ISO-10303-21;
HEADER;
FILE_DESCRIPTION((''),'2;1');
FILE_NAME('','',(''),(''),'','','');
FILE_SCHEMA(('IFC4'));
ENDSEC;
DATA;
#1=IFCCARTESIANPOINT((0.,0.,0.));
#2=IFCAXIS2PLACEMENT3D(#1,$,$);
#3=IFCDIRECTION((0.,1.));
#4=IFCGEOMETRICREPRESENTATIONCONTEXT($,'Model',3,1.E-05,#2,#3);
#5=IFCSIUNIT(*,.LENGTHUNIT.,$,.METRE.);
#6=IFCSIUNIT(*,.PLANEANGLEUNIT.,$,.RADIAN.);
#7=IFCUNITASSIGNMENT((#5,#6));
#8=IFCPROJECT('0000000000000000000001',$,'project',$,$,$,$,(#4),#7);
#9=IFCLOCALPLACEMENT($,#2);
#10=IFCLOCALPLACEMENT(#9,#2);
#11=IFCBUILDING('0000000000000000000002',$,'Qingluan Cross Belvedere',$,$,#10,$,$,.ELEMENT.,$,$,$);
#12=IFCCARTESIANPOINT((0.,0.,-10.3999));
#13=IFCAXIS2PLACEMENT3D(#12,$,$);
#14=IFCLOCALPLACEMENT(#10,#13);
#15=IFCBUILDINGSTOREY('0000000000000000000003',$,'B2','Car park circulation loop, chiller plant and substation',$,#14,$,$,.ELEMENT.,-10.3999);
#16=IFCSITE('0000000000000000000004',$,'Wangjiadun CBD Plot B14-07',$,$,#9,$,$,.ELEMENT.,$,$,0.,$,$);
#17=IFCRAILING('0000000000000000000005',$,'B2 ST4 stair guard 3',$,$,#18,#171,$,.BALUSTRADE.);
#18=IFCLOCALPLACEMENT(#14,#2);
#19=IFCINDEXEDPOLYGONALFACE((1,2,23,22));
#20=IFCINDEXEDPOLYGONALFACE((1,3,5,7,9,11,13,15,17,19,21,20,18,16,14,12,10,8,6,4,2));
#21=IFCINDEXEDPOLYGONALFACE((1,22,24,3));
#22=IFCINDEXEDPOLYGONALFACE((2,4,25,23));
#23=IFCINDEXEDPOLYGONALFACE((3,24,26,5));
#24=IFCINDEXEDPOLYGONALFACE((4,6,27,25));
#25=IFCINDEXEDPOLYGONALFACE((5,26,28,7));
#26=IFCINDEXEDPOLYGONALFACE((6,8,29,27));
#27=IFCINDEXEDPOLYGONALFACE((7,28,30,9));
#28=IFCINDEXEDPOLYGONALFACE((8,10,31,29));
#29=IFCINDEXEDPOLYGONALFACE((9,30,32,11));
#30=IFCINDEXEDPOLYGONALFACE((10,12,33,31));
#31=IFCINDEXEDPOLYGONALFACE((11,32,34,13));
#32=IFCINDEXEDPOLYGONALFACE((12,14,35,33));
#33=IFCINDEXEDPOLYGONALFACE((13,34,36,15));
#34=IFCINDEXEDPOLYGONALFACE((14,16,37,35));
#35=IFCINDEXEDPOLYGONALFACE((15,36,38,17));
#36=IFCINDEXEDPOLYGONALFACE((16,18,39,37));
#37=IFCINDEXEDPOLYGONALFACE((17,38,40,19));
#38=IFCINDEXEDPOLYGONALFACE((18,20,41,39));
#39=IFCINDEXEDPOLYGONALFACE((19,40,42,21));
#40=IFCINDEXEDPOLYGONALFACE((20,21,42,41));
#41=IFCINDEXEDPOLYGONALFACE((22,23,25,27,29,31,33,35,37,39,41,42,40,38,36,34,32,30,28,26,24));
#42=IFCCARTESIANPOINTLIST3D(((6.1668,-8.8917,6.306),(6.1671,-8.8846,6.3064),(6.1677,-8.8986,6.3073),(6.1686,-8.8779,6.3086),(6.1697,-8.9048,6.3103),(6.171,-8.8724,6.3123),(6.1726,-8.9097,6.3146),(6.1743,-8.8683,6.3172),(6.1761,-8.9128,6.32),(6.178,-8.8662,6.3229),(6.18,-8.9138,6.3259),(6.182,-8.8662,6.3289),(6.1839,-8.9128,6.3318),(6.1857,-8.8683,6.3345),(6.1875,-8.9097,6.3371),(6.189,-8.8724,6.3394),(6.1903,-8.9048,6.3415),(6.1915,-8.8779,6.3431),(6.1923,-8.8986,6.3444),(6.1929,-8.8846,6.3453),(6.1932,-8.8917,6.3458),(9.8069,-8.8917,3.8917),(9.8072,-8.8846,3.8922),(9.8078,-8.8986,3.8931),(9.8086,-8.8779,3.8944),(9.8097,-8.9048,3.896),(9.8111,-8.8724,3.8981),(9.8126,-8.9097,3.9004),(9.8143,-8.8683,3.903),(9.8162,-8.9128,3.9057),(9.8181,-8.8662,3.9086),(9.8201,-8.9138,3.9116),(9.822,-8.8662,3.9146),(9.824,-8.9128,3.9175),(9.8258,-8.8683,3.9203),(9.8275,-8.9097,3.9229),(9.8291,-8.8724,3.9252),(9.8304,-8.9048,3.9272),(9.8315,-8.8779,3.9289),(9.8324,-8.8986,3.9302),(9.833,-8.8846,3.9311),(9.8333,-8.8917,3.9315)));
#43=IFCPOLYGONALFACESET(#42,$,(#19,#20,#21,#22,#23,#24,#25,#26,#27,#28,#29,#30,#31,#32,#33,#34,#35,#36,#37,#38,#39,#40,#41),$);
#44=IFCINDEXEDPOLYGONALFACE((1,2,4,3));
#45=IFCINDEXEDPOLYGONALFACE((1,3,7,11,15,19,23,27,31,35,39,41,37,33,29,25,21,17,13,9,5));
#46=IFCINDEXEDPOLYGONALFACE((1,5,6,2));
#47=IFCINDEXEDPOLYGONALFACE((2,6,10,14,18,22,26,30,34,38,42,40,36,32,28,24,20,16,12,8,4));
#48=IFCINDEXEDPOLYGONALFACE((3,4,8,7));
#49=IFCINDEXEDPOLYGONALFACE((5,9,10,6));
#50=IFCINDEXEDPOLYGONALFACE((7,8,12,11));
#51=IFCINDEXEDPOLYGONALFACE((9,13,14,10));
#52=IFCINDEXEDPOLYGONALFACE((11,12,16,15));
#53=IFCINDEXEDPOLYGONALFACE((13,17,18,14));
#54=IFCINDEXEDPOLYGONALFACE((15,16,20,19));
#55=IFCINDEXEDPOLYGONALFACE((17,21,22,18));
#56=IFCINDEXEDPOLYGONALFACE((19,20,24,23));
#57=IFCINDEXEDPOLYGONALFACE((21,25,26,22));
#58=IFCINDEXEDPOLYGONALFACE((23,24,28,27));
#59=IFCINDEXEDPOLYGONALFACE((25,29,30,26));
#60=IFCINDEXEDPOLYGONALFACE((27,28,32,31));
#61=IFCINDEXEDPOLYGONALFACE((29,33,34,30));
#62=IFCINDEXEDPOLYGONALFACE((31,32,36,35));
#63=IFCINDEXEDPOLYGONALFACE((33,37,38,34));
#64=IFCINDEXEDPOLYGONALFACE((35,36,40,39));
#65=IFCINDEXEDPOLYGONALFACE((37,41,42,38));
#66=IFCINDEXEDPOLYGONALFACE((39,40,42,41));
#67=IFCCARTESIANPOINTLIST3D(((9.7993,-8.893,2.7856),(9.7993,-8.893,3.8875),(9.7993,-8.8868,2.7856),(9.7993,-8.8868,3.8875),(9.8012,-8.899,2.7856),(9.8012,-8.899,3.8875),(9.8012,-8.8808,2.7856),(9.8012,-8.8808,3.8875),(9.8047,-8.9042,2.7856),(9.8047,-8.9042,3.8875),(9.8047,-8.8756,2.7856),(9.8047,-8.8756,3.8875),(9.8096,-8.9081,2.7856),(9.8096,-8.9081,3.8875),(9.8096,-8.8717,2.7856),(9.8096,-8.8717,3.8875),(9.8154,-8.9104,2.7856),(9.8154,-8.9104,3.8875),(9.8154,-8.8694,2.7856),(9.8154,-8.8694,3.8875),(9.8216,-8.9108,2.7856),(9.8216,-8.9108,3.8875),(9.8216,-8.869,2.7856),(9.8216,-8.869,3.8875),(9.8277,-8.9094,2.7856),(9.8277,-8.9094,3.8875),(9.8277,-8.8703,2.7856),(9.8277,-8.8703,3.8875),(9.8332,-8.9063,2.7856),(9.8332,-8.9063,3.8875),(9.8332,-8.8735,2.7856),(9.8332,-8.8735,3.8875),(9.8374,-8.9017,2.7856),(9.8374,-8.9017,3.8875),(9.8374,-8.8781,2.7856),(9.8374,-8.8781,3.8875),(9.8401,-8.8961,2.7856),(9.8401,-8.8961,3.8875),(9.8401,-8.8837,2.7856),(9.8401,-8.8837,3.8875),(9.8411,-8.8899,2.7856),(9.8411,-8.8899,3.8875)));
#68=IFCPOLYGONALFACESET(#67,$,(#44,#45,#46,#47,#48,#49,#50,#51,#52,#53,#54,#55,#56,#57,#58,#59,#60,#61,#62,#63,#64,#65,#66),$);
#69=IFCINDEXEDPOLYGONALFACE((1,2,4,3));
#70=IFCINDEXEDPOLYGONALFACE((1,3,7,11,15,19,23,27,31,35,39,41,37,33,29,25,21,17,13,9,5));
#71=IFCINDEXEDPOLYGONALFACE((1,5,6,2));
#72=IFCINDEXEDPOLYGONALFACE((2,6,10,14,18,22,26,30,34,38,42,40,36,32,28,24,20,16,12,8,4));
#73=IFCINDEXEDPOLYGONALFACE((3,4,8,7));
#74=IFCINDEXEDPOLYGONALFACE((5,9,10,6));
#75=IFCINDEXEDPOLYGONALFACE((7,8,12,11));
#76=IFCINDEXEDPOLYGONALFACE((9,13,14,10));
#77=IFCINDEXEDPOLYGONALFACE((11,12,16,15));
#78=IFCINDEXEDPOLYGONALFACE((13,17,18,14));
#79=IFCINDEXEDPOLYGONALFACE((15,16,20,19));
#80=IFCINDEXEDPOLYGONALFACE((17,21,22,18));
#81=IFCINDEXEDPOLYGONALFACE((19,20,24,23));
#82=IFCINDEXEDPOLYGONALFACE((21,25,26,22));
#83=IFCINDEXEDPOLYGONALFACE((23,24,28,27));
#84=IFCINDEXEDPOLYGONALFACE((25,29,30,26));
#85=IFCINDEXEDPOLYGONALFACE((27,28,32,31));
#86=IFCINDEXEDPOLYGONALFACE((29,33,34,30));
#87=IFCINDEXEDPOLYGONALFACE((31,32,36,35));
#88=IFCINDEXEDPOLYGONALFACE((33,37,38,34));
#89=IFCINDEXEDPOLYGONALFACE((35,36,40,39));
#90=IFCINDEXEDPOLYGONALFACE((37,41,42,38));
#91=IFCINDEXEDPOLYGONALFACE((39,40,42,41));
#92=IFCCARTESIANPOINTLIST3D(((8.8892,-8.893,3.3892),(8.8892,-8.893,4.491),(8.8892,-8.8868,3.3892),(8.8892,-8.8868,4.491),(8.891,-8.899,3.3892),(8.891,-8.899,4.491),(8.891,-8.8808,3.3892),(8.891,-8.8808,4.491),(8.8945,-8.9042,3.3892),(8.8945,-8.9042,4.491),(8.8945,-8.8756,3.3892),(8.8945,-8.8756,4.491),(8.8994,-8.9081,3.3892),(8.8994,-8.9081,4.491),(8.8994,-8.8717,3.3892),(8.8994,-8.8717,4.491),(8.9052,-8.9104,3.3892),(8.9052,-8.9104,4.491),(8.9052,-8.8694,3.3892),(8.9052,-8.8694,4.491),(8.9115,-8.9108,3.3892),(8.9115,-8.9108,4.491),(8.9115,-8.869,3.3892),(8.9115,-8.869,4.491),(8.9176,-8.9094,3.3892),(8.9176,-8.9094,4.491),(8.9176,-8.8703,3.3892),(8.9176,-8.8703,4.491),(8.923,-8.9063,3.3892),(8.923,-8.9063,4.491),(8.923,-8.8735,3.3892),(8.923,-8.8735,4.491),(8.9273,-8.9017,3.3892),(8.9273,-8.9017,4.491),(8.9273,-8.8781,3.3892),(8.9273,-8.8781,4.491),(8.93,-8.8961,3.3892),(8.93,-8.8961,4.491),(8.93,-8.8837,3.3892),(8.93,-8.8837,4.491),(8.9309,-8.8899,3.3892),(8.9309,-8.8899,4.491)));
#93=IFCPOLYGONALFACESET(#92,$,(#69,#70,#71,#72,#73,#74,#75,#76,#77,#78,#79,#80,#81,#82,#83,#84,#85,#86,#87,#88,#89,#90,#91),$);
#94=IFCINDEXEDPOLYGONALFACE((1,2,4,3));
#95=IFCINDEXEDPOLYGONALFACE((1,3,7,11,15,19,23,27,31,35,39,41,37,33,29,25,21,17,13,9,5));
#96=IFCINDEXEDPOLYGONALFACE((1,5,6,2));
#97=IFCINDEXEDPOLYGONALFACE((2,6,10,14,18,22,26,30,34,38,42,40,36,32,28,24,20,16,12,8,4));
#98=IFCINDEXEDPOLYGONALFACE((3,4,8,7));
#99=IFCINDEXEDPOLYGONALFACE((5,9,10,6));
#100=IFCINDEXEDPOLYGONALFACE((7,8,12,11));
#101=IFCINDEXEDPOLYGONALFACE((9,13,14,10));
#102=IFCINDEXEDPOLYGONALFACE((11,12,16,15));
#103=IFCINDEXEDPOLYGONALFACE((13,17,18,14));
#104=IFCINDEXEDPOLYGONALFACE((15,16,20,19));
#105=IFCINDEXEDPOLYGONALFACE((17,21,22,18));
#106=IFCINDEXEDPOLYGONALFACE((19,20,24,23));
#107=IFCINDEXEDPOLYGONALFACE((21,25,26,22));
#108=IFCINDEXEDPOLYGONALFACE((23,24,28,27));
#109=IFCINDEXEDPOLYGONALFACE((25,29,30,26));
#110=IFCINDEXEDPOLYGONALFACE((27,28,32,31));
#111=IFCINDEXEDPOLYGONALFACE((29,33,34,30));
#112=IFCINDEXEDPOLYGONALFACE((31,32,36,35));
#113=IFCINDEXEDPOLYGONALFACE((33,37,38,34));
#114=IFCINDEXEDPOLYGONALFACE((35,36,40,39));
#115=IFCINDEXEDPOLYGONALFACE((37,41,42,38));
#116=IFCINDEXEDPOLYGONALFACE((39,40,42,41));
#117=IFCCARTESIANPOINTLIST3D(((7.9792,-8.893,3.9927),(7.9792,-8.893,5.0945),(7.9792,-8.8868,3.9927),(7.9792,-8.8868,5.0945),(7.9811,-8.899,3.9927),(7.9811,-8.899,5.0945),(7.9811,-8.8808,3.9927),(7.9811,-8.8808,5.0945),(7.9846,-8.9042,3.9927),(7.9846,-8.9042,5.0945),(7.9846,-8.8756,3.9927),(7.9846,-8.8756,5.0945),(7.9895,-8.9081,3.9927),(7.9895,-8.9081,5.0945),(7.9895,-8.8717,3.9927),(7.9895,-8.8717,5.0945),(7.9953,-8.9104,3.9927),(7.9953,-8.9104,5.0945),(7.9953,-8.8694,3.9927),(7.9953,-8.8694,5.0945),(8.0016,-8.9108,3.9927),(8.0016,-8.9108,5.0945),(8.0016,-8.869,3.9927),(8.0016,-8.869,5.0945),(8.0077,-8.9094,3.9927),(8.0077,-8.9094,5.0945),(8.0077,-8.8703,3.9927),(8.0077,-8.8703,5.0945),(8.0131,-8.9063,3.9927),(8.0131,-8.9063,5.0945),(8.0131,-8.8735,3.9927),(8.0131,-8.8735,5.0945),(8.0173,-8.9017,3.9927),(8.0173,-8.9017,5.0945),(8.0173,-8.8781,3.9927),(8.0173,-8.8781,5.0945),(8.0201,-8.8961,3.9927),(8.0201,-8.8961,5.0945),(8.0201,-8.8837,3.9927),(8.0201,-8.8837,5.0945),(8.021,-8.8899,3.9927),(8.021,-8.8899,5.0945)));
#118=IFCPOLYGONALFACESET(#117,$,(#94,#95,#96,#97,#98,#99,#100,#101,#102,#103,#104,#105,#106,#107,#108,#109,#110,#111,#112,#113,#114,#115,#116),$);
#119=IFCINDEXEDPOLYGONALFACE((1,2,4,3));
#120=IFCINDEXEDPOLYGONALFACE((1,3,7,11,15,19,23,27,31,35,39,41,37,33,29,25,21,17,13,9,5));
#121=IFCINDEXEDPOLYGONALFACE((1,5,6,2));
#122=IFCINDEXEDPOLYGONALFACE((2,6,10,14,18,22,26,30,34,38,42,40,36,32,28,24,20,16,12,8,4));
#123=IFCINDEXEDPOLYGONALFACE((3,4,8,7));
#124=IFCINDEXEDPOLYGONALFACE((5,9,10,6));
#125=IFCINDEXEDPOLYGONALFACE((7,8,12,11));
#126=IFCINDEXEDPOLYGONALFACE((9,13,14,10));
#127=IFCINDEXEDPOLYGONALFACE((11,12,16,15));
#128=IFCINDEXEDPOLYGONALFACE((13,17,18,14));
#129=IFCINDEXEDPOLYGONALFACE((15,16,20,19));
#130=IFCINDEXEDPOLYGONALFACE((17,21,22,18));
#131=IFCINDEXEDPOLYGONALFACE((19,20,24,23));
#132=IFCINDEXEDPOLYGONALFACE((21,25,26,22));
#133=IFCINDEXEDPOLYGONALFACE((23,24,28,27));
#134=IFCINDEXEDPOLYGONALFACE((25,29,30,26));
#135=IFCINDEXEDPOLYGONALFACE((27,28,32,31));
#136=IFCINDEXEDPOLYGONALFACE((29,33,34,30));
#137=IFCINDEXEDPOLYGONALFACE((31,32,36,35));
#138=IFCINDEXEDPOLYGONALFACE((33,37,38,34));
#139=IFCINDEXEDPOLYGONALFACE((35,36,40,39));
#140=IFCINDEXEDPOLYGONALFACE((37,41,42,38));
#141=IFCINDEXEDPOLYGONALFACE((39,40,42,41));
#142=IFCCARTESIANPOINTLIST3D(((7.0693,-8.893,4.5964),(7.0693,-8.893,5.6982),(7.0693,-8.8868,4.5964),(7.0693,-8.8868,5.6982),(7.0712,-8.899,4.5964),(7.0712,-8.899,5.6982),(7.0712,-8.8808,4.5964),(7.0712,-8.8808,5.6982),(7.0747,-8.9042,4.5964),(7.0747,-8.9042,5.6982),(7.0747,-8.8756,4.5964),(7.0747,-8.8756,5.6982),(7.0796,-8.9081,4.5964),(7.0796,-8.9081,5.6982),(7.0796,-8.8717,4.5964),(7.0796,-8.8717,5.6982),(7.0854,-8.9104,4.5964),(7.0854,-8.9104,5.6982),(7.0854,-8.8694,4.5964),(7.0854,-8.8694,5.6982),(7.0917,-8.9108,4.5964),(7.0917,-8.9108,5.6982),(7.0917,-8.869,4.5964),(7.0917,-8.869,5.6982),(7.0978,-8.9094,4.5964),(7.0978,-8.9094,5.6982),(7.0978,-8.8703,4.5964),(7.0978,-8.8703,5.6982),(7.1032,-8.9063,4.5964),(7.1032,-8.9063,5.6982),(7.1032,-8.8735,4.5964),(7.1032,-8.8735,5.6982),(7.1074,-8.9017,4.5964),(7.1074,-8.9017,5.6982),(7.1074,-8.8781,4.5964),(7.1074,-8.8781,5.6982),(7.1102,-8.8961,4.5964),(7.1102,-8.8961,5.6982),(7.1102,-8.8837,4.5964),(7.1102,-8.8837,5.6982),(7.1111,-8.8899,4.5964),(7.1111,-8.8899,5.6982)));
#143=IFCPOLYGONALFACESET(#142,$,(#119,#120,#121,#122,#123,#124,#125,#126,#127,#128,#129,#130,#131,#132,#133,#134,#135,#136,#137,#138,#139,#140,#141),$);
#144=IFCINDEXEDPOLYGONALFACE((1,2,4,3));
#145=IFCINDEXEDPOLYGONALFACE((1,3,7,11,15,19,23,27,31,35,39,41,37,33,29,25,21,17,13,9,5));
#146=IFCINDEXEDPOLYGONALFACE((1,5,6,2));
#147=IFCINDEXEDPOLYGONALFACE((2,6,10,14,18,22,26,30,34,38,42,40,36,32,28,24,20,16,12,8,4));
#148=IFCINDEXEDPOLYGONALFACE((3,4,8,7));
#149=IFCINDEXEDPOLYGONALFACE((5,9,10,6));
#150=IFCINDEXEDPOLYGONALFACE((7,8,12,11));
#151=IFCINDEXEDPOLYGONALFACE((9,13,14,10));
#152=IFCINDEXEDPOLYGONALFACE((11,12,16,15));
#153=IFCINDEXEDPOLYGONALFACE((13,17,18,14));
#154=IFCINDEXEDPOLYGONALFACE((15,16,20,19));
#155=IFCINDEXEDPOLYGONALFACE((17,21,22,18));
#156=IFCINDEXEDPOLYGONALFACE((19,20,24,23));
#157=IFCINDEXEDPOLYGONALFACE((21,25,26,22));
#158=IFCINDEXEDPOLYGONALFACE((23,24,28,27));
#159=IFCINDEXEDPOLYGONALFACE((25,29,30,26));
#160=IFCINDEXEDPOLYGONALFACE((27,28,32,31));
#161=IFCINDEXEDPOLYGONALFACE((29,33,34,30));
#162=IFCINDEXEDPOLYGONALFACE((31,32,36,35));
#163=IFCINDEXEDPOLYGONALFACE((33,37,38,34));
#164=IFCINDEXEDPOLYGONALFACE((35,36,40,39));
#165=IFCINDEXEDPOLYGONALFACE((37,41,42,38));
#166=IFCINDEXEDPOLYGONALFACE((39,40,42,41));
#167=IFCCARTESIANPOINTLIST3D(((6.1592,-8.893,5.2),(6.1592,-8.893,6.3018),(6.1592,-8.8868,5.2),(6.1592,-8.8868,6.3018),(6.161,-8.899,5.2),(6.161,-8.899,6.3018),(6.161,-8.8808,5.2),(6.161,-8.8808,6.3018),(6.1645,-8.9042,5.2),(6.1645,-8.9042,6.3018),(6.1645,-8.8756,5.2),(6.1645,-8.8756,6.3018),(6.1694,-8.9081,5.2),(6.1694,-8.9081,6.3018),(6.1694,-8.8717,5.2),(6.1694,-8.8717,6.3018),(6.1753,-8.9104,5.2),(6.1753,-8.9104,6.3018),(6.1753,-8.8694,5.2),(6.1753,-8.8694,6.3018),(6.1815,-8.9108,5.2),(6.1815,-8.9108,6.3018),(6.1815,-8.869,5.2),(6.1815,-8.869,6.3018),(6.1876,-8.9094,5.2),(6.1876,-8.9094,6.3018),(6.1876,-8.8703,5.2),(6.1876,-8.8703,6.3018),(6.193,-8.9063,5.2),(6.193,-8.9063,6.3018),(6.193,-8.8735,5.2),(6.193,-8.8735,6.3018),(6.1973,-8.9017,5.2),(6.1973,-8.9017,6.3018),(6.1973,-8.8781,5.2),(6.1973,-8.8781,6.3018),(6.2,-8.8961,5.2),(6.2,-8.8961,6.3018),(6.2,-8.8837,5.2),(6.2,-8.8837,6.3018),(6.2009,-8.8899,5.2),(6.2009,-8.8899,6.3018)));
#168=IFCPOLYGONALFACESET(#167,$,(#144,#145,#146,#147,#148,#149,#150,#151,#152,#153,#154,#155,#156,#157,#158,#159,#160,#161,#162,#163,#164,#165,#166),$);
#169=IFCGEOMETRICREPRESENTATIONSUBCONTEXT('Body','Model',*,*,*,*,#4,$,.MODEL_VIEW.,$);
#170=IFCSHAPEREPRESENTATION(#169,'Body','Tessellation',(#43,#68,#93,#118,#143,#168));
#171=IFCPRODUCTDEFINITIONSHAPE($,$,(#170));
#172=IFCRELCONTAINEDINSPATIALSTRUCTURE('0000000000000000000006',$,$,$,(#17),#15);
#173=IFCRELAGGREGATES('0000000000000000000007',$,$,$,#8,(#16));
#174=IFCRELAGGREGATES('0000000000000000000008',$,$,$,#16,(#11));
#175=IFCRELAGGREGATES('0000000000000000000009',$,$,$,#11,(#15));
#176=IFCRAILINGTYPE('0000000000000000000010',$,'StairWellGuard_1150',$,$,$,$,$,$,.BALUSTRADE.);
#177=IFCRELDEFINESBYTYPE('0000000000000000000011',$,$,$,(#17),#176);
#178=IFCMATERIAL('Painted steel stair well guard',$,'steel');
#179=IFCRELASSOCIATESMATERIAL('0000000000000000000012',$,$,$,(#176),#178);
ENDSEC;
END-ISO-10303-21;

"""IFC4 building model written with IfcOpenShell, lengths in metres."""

from ifc_helpers import new_model, si_unit, direction, frame, origin, origin_2d, place, context, subcontext, project, spatial, circle, extrude, material, type_object, element, save


model = new_model("IFC4")

# Units and contexts
model_context = context("Model", 3, precision=1e-05, world=origin(), true_north=direction((0.0, 1.0)))
body_context = subcontext(model_context, "Body", "Model", "MODEL_VIEW")
ifc_project = project(units=[si_unit("LENGTHUNIT", "METRE"), si_unit("PLANEANGLEUNIT", "RADIAN")], contexts=[model_context])

# Site, building, storey
site_placement = place(None, origin())
site = spatial("IfcSite", under=ifc_project, at=site_placement, Name="Wangjiadun CBD Plot B14-07", CompositionType="ELEMENT", RefElevation=0.0)
building_placement = place(site_placement, origin())
building = spatial("IfcBuilding", under=site, at=building_placement, Name="Qingluan Cross Belvedere", CompositionType="ELEMENT")
storey_placement = place(building_placement, frame((0.0, 0.0, -10.3999)))
storey = spatial("IfcBuildingStorey", under=building, at=storey_placement, Name="B2", Description="Car park circulation loop, chiller plant and substation", CompositionType="ELEMENT", Elevation=-10.3999)

# Railing
ifc_material_1 = material(Name="Painted steel stair well guard", Category="steel")
railing_type_1 = type_object("IfcRailingType", Name="StairWellGuard_1150", PredefinedType="BALUSTRADE", material=ifc_material_1)
railing_1_placement = place(storey_placement, frame((9.8201, -8.8899, 2.7856)))
element("IfcRailing", 1, at=railing_1_placement, inside=storey, type_object=railing_type_1, Name="B2 ST4 stair guard 3", PredefinedType="BALUSTRADE", context=body_context, shape_type="SweptSolid", body=[
    extrude(circle(Radius=0.0239, at=origin_2d()), frame((0.0, 0.0, 1.126), z_axis=(-0.833364, 0.0, 0.552725), x_axis=(0.0, -1.0, 0.0)), (0.0, 0.0, 1.0), 4.3679),
    extrude(circle(Radius=0.021, at=origin_2d()), origin(), (0.0, 0.0, 1.0), 1.1018),
    extrude(circle(Radius=0.021, at=origin_2d()), frame((-0.9102, 0.0, 0.6035)), (0.0, 0.0, 1.0), 1.1018),
    extrude(circle(Radius=0.021, at=origin_2d()), frame((-1.8201, 0.0, 1.207)), (0.0, 0.0, 1.0), 1.1018),
    extrude(circle(Radius=0.021, at=origin_2d()), frame((-2.73, 0.0, 1.8108)), (0.0, 0.0, 1.0), 1.1018),
    extrude(circle(Radius=0.021, at=origin_2d()), frame((-3.6401, 0.0, 2.4143)), (0.0, 0.0, 1.0), 1.1018),
])

save(model, "model.ifc")
